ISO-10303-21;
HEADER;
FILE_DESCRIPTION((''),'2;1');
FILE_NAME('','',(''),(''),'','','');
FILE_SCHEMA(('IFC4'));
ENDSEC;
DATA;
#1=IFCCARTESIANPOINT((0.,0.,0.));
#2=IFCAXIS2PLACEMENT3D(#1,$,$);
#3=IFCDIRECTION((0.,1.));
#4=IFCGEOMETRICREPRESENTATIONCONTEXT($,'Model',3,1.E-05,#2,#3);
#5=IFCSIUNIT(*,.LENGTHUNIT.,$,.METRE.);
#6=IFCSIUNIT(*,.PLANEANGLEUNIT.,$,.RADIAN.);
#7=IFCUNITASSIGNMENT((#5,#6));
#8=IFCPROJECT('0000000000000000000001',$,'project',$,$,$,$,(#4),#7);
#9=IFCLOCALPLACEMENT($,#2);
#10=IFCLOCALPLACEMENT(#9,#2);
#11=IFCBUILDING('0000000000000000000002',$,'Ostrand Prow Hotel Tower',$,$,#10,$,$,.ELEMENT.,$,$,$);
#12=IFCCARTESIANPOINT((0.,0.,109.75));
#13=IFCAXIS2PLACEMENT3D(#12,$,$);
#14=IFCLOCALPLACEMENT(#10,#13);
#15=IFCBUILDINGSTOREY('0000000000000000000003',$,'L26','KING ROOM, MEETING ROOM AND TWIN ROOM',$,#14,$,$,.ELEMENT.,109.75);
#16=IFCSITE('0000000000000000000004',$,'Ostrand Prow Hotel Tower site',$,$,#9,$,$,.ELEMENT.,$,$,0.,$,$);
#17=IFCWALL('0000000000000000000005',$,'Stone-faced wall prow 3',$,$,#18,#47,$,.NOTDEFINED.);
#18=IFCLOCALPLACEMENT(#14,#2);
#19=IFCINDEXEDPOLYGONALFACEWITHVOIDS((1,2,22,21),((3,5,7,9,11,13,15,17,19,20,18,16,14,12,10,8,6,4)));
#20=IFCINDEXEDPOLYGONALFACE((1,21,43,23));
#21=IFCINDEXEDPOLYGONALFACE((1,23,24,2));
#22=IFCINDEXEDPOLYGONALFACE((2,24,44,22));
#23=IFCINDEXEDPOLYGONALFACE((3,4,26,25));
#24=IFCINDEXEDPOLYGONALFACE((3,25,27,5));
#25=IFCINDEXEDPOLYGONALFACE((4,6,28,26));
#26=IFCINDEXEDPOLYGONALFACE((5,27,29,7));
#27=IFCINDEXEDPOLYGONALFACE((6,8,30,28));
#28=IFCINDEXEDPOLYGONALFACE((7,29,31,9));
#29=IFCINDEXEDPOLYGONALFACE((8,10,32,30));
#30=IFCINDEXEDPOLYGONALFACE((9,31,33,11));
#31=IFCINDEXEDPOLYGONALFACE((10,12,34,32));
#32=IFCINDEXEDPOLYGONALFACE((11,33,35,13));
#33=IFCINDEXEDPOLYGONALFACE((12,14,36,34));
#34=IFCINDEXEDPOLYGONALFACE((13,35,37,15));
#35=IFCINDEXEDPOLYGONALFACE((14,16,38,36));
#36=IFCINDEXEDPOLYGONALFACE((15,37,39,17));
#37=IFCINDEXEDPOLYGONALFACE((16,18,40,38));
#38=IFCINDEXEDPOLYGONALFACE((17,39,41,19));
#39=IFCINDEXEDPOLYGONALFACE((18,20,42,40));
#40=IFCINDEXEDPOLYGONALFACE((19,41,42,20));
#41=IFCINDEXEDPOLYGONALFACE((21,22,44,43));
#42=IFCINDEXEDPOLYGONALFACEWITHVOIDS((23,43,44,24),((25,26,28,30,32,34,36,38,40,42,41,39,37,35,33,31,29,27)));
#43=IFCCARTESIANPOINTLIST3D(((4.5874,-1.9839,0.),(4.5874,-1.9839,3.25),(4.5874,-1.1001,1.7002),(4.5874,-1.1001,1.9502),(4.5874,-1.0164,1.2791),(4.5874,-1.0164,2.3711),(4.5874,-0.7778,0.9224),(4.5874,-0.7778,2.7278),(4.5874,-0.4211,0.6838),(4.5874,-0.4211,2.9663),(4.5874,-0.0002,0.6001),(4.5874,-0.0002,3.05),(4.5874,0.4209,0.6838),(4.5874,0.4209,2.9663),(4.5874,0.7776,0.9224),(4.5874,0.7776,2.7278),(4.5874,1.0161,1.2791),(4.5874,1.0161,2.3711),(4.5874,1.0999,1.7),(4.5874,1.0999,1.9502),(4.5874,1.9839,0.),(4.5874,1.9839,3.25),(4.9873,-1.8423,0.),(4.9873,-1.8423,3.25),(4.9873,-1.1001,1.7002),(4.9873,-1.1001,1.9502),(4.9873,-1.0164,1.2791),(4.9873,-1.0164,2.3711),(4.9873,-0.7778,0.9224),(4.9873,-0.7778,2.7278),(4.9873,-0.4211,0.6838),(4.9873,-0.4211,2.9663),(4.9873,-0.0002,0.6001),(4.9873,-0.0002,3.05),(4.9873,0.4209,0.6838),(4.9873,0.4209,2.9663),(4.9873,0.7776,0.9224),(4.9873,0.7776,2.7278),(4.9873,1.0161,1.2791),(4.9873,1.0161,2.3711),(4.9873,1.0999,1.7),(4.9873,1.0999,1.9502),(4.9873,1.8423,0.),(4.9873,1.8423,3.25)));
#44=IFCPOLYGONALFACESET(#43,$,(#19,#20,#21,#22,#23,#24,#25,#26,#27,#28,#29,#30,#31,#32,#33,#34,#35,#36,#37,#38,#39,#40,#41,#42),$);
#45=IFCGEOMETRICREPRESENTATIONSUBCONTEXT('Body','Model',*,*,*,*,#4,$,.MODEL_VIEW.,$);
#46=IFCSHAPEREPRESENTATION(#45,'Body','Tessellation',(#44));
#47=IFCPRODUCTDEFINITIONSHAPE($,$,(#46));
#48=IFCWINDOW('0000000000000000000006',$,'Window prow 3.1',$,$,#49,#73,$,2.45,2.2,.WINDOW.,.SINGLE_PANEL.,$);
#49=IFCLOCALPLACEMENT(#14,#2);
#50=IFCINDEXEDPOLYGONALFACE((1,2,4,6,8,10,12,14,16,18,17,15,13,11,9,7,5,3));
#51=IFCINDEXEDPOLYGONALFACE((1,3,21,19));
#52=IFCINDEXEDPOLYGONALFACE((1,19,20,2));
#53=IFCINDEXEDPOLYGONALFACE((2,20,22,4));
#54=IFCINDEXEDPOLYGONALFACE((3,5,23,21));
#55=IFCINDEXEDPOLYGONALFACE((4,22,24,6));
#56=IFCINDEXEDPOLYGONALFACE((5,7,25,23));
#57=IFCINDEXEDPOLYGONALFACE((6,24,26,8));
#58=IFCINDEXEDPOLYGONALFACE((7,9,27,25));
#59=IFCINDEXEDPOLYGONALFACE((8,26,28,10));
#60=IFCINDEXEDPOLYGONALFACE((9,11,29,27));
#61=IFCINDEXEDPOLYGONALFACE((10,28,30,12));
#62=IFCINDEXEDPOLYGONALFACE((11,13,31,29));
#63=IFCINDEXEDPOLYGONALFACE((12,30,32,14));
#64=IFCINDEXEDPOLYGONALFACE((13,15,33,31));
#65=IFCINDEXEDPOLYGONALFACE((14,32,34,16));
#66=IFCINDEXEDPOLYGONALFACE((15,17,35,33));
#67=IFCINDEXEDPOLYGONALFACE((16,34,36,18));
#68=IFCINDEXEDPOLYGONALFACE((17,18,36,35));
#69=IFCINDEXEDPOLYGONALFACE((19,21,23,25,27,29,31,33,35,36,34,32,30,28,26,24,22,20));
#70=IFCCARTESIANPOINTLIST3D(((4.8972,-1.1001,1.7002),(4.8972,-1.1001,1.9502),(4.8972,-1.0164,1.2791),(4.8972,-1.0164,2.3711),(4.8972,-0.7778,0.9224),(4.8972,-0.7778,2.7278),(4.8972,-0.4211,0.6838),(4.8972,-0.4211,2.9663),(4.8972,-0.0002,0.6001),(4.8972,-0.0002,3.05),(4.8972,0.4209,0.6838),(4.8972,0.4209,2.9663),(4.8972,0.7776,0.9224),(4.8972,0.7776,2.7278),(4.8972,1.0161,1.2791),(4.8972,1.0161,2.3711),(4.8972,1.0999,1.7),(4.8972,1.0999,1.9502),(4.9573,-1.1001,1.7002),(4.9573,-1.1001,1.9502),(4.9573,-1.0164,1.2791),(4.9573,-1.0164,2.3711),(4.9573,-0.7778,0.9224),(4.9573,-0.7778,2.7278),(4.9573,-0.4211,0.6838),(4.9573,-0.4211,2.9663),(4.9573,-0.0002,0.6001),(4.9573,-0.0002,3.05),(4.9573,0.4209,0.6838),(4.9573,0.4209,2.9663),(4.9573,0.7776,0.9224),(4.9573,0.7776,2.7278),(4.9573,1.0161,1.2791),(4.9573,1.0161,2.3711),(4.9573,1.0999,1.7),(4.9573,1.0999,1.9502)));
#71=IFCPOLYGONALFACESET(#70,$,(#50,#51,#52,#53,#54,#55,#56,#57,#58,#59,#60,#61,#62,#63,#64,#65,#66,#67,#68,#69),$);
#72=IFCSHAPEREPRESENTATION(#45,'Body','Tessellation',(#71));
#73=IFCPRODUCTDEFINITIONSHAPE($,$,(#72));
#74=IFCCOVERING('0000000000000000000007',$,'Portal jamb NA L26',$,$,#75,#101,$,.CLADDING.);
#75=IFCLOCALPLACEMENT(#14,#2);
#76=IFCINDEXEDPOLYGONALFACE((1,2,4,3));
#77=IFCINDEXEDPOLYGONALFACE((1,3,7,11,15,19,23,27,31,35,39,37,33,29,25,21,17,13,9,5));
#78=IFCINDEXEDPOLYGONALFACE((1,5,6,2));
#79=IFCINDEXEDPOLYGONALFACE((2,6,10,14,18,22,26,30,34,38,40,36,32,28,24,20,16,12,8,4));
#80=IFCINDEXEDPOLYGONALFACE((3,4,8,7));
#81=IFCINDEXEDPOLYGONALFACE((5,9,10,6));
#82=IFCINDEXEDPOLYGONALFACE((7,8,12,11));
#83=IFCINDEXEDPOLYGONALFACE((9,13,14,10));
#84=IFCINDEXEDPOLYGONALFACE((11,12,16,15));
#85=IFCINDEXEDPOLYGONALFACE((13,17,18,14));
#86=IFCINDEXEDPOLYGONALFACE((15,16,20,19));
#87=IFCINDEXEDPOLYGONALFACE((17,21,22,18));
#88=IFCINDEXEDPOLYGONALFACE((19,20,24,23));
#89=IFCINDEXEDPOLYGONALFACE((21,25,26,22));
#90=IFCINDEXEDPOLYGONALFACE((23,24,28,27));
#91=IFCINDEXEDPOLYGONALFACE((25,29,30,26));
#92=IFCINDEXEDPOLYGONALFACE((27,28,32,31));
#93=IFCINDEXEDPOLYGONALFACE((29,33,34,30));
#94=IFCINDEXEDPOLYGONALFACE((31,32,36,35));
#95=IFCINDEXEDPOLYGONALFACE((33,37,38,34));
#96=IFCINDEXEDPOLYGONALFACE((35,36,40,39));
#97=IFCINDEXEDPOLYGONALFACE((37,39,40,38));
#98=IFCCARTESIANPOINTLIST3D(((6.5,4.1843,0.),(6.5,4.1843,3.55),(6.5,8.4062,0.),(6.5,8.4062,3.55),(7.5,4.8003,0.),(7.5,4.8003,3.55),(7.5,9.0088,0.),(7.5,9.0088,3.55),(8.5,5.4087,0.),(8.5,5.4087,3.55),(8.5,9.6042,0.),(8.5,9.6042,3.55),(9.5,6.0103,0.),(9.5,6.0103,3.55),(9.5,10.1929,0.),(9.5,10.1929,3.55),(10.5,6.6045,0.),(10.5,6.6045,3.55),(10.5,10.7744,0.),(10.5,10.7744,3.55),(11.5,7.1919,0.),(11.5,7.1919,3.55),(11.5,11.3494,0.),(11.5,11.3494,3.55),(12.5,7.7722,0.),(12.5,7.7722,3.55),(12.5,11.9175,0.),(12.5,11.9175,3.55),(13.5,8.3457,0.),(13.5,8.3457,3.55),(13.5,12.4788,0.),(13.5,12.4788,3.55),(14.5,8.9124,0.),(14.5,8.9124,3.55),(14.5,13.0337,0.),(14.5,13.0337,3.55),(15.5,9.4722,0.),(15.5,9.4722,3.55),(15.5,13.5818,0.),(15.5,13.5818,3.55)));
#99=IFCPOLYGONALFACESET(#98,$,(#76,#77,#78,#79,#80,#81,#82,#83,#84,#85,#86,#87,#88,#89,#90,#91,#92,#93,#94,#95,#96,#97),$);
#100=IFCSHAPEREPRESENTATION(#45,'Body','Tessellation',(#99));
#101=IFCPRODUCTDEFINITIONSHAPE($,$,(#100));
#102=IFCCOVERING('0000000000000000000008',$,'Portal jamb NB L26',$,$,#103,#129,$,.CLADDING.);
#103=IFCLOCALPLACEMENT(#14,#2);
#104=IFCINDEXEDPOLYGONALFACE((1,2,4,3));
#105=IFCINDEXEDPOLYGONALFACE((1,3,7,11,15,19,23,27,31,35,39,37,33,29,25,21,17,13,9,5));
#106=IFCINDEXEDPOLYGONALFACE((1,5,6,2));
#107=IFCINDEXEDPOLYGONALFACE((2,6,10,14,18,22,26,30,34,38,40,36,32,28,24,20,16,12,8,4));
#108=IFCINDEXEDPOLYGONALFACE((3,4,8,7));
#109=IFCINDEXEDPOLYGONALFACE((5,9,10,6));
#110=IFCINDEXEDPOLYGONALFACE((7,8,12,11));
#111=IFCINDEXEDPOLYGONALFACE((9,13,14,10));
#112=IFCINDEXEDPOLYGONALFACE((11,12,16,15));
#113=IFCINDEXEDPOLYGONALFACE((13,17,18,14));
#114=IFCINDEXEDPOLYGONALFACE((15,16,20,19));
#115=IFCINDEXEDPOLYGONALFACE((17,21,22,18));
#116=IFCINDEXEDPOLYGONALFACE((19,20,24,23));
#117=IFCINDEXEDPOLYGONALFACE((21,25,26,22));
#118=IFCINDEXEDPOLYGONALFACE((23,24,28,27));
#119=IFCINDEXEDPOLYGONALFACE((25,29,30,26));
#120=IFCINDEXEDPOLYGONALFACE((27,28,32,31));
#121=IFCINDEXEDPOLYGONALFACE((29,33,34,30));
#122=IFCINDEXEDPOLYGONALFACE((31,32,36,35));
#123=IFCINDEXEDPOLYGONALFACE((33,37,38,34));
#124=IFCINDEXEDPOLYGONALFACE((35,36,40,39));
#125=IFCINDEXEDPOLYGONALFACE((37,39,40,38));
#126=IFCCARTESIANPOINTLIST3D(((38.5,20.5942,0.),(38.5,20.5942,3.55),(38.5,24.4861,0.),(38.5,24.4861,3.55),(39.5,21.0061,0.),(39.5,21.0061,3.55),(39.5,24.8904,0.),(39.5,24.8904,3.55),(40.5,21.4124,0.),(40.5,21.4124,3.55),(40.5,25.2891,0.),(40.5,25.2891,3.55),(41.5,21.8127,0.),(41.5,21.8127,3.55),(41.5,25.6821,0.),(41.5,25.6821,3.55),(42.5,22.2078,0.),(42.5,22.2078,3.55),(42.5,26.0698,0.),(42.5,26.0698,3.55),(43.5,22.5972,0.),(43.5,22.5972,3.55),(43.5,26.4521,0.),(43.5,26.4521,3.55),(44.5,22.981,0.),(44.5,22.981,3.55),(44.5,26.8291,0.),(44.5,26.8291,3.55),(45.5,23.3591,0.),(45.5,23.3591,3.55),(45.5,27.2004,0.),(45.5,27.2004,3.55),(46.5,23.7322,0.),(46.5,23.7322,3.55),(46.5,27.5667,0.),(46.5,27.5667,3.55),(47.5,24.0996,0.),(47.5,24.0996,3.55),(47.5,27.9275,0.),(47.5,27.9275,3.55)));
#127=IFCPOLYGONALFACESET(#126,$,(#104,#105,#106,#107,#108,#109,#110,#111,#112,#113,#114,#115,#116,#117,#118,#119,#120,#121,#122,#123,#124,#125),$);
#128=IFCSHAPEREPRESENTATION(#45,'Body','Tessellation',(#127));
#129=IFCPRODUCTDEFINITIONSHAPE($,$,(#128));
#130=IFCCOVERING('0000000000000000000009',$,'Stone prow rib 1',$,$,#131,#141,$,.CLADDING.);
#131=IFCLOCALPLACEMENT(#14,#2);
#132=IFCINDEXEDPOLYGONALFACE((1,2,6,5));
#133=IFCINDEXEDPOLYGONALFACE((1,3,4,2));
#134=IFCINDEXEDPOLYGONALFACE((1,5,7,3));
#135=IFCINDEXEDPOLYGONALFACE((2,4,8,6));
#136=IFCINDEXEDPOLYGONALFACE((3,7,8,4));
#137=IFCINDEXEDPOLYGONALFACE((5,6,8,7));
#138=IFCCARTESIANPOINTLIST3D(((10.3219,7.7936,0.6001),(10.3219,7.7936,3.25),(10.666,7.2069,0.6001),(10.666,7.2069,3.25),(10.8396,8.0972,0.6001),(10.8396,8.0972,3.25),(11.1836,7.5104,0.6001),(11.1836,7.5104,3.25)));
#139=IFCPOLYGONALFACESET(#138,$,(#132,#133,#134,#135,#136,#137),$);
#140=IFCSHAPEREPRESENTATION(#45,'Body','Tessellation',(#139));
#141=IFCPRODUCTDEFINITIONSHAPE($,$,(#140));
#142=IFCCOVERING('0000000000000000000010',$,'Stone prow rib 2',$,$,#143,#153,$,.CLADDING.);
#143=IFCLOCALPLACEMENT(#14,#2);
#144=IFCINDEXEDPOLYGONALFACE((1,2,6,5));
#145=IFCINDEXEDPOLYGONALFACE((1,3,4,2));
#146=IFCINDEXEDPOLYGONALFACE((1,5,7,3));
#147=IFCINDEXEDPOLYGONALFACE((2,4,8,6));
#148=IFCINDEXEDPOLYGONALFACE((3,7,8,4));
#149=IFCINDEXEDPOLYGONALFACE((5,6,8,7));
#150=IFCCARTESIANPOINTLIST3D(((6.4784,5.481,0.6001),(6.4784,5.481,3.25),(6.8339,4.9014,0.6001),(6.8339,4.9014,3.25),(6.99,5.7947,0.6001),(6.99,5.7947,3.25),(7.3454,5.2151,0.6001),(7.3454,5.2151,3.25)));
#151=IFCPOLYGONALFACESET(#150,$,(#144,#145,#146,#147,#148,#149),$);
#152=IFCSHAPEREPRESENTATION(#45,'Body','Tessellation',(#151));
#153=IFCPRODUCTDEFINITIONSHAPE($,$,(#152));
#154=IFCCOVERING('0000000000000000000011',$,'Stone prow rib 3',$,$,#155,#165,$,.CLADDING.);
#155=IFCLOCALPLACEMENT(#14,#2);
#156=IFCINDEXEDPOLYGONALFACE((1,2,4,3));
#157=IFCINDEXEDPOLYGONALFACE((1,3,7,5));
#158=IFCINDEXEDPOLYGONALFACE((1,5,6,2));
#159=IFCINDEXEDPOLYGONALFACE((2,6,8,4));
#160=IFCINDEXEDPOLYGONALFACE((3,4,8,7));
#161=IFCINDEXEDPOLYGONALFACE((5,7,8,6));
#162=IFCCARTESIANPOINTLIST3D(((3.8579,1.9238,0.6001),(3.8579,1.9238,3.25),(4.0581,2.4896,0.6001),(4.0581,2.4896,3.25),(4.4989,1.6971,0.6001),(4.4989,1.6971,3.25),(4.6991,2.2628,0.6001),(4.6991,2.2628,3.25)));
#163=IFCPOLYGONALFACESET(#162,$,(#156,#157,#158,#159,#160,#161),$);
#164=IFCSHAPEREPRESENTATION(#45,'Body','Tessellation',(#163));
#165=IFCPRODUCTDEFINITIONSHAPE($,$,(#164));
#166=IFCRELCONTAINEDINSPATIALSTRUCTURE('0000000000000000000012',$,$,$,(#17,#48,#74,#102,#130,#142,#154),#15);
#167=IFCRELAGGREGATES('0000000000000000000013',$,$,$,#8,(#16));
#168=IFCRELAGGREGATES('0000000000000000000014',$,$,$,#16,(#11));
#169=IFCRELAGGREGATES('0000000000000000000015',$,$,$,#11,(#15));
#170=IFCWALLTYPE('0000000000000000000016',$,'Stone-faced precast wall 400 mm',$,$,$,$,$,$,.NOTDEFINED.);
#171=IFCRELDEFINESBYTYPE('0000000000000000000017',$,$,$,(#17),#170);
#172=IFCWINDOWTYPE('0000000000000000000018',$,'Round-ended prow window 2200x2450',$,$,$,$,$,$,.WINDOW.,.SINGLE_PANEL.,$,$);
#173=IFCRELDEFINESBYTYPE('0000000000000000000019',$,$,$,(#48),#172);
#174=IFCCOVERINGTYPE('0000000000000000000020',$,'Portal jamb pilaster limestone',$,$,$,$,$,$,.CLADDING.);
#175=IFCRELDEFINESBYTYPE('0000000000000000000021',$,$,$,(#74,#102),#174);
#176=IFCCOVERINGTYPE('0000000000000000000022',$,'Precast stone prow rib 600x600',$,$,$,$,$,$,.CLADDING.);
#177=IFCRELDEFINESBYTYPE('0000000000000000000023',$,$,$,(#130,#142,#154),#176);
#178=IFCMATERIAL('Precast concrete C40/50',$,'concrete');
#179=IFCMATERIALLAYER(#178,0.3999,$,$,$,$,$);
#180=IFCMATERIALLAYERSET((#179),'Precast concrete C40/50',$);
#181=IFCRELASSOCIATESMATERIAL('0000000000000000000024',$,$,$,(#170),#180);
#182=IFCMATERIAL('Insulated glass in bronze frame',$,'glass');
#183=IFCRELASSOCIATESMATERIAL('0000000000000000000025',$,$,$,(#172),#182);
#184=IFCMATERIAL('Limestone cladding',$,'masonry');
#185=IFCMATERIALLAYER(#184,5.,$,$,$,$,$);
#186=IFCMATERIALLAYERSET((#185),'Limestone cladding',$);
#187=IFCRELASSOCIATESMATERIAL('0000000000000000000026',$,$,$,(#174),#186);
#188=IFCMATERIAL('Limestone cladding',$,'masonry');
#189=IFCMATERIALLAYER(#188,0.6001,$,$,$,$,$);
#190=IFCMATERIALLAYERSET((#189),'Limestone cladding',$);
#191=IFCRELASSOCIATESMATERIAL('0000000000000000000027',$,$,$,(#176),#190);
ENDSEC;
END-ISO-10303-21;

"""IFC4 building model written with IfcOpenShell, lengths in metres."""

from ifc_helpers import new_model, si_unit, direction, frame, frame_2d, origin, place, context, subcontext, project, spatial, polyline, rectangle, outline, extrude, material, layer, layer_set, type_object, element, fill, save


model = new_model("IFC4")

# Units and contexts
model_context = context("Model", 3, precision=1e-05, world=origin(), true_north=direction((0.0, 1.0)))
body_context = subcontext(model_context, "Body", "Model", "MODEL_VIEW")
ifc_project = project(units=[si_unit("LENGTHUNIT", "METRE"), si_unit("PLANEANGLEUNIT", "RADIAN")], contexts=[model_context])

# Site, building, storey
site_placement = place(None, origin())
site = spatial("IfcSite", under=ifc_project, at=site_placement, Name="Ostrand Prow Hotel Tower site", CompositionType="ELEMENT", RefElevation=0.0)
building_placement = place(site_placement, origin())
building = spatial("IfcBuilding", under=site, at=building_placement, Name="Ostrand Prow Hotel Tower", CompositionType="ELEMENT")
storey_placement = place(building_placement, frame((0.0, 0.0, 109.75)))
storey = spatial("IfcBuildingStorey", under=building, at=storey_placement, Name="L26", Description="KING ROOM, MEETING ROOM AND TWIN ROOM", CompositionType="ELEMENT", Elevation=109.75)

# Wall, opening, window
ifc_material_1 = material(Name="Precast concrete C40/50", Category="concrete")
ifc_layer_1 = layer(ifc_material_1, 0.3999)
ifc_layer_set_1 = layer_set([ifc_layer_1], Name="Precast concrete C40/50")
wall_type_1 = type_object("IfcWallType", Name="Stone-faced precast wall 400 mm", PredefinedType="NOTDEFINED", material=ifc_layer_set_1)
ifc_material_2 = material(Name="Insulated glass in bronze frame", Category="glass")
window_type = type_object("IfcWindowType", Name="Round-ended prow window 2200x2450", PartitioningType="SINGLE_PANEL", PredefinedType="WINDOW", material=ifc_material_2)
wall_1_placement = place(storey_placement, frame((4.7874, 1.9131, 0.0), z_axis=(0.0, 0.0, 1.0), x_axis=(0.0, -1.0, 0.0)))
wall_1 = element("IfcWall", 1, at=wall_1_placement, inside=storey, type_object=wall_type_1, Name="Stone-faced wall prow 3", PredefinedType="NOTDEFINED", context=body_context, shape_type="SweptSolid", body=[
    extrude(outline(polyline([(-0.0708, -0.2), (3.897, -0.2), (3.7554, 0.2), (0.0708, 0.2), (-0.0708, -0.2)])), origin(), (0.0, 0.0, 1.0), 3.25),
])
opening_1_placement = place(wall_1_placement, frame((0.8132, 0.0, 0.6001)))
opening_1 = element("IfcOpeningElement", 2, at=opening_1_placement, cuts=wall_1, PredefinedType="OPENING", context=body_context, shape_type="SweptSolid", body=[
    extrude(outline(polyline([(0.0, 1.3501), (0.0837, 1.771), (0.3223, 2.1277), (0.679, 2.3662), (1.1001, 2.45), (1.521, 2.3662), (1.8777, 2.1277), (2.1162, 1.771), (2.2, 1.3501), (2.2, 1.1001), (2.1162, 0.679), (1.8777, 0.3223), (1.521, 0.0837), (1.1001, 0.0), (0.679, 0.0837), (0.3223, 0.3223), (0.0837, 0.679), (0.0, 1.0999), (0.0, 1.3501)])), frame((0.0, 0.21, 0.0), z_axis=(0.0, -1.0, 0.0), x_axis=(1.0, 0.0, 0.0)), (0.0, 0.0, 1.0), 0.4199),
])
window_1_placement = place(opening_1_placement, origin())
window_1 = element("IfcWindow", 3, at=window_1_placement, inside=storey, type_object=window_type, Name="Window prow 3.1", OverallHeight=2.45, OverallWidth=2.2, PartitioningType="SINGLE_PANEL", PredefinedType="WINDOW", context=body_context, shape_type="SweptSolid", body=[
    extrude(outline(polyline([(0.0, 1.3501), (0.0837, 1.771), (0.3223, 2.1277), (0.679, 2.3662), (1.1001, 2.45), (1.521, 2.3662), (1.8777, 2.1277), (2.1162, 1.771), (2.2, 1.3501), (2.2, 1.1001), (2.1162, 0.679), (1.8777, 0.3223), (1.521, 0.0837), (1.1001, 0.0), (0.679, 0.0837), (0.3223, 0.3223), (0.0837, 0.679), (0.0, 1.0999), (0.0, 1.3501)])), frame((0.0, 0.1699, 0.0), z_axis=(0.0, -1.0, 0.0), x_axis=(1.0, 0.0, 0.0)), (0.0, 0.0, 1.0), 0.0601),
])
fill(opening_1, window_1)

# Coverings
ifc_material_3 = material(Name="Limestone cladding", Category="masonry")
ifc_layer_2 = layer(ifc_material_3, 5.0)
ifc_layer_set_2 = layer_set([ifc_layer_2], Name="Limestone cladding")
covering_type_1 = type_object("IfcCoveringType", Name="Portal jamb pilaster limestone", PredefinedType="CLADDING", material=ifc_layer_set_2)
covering_1_placement = place(storey_placement, origin())
element("IfcCovering", 4, at=covering_1_placement, inside=storey, type_object=covering_type_1, Name="Portal jamb NA L26", PredefinedType="CLADDING", context=body_context, shape_type="SweptSolid", body=[
    extrude(outline(polyline([(6.5, 4.1843), (7.5, 4.8003), (8.5, 5.4087), (9.5, 6.0103), (10.5, 6.6045), (11.5, 7.1919), (12.5, 7.7722), (13.5, 8.3457), (14.5, 8.9124), (15.5, 9.4722), (15.5, 13.5818), (14.5, 13.0337), (13.5, 12.4788), (12.5, 11.9175), (11.5, 11.3494), (10.5, 10.7744), (9.5, 10.1929), (8.5, 9.6042), (7.5, 9.0088), (6.5, 8.4062), (6.5, 4.1843)])), origin(), (0.0, 0.0, 1.0), 3.55),
])
covering_2_placement = place(storey_placement, origin())
element("IfcCovering", 5, at=covering_2_placement, inside=storey, type_object=covering_type_1, Name="Portal jamb NB L26", PredefinedType="CLADDING", context=body_context, shape_type="SweptSolid", body=[
    extrude(outline(polyline([(38.5, 20.5942), (39.5, 21.0061), (40.5, 21.4124), (41.5, 21.8127), (42.5, 22.2078), (43.5, 22.5972), (44.5, 22.981), (45.5, 23.3591), (46.5, 23.7322), (47.5, 24.0996), (47.5, 27.9275), (46.5, 27.5667), (45.5, 27.2004), (44.5, 26.8291), (43.5, 26.4521), (42.5, 26.0698), (41.5, 25.6821), (40.5, 25.2891), (39.5, 24.8904), (38.5, 24.4861), (38.5, 20.5942)])), origin(), (0.0, 0.0, 1.0), 3.55),
])
ifc_material_4 = material(Name="Limestone cladding", Category="masonry")
ifc_layer_3 = layer(ifc_material_4, 0.6001)
ifc_layer_set_3 = layer_set([ifc_layer_3], Name="Limestone cladding")
covering_type_2 = type_object("IfcCoveringType", Name="Precast stone prow rib 600x600", PredefinedType="CLADDING", material=ifc_layer_set_3)
covering_3_placement = place(storey_placement, frame((10.9248, 7.3586, 0.6001), z_axis=(0.0, 0.0, 1.0), x_axis=(-0.505812, 0.862644, 0.0)))
element("IfcCovering", 6, at=covering_3_placement, inside=storey, type_object=covering_type_2, Name="Stone prow rib 1", PredefinedType="CLADDING", context=body_context, shape_type="SweptSolid", body=[
    extrude(rectangle(XDim=0.6802, YDim=0.6001, at=frame_2d((0.3401, 0.0))), origin(), (0.0, 0.0, 1.0), 2.6499),
])
for number, where, z_axis, x_axis, name in (
    (7, (7.0896, 5.0583, 0.6001), (0.0, 0.0, 1.0), (-0.522815, 0.852446, 0.0), "Stone prow rib 2"),
    (8, (4.5989, 1.98, 0.6001), (0.0, 0.0, 1.0), (-0.942745, 0.333515, 0.0), "Stone prow rib 3"),
):
    element("IfcCovering", number, at=place(storey_placement, frame(where, z_axis=z_axis, x_axis=x_axis)), inside=storey, type_object=covering_type_2, Name=name, PredefinedType="CLADDING", context=body_context, shape_type="SweptSolid", body=[
        extrude(rectangle(XDim=0.6799, YDim=0.6001, at=frame_2d((0.3398, 0.0))), origin(), (0.0, 0.0, 1.0), 2.6499),
    ])

save(model, "model.ifc")
